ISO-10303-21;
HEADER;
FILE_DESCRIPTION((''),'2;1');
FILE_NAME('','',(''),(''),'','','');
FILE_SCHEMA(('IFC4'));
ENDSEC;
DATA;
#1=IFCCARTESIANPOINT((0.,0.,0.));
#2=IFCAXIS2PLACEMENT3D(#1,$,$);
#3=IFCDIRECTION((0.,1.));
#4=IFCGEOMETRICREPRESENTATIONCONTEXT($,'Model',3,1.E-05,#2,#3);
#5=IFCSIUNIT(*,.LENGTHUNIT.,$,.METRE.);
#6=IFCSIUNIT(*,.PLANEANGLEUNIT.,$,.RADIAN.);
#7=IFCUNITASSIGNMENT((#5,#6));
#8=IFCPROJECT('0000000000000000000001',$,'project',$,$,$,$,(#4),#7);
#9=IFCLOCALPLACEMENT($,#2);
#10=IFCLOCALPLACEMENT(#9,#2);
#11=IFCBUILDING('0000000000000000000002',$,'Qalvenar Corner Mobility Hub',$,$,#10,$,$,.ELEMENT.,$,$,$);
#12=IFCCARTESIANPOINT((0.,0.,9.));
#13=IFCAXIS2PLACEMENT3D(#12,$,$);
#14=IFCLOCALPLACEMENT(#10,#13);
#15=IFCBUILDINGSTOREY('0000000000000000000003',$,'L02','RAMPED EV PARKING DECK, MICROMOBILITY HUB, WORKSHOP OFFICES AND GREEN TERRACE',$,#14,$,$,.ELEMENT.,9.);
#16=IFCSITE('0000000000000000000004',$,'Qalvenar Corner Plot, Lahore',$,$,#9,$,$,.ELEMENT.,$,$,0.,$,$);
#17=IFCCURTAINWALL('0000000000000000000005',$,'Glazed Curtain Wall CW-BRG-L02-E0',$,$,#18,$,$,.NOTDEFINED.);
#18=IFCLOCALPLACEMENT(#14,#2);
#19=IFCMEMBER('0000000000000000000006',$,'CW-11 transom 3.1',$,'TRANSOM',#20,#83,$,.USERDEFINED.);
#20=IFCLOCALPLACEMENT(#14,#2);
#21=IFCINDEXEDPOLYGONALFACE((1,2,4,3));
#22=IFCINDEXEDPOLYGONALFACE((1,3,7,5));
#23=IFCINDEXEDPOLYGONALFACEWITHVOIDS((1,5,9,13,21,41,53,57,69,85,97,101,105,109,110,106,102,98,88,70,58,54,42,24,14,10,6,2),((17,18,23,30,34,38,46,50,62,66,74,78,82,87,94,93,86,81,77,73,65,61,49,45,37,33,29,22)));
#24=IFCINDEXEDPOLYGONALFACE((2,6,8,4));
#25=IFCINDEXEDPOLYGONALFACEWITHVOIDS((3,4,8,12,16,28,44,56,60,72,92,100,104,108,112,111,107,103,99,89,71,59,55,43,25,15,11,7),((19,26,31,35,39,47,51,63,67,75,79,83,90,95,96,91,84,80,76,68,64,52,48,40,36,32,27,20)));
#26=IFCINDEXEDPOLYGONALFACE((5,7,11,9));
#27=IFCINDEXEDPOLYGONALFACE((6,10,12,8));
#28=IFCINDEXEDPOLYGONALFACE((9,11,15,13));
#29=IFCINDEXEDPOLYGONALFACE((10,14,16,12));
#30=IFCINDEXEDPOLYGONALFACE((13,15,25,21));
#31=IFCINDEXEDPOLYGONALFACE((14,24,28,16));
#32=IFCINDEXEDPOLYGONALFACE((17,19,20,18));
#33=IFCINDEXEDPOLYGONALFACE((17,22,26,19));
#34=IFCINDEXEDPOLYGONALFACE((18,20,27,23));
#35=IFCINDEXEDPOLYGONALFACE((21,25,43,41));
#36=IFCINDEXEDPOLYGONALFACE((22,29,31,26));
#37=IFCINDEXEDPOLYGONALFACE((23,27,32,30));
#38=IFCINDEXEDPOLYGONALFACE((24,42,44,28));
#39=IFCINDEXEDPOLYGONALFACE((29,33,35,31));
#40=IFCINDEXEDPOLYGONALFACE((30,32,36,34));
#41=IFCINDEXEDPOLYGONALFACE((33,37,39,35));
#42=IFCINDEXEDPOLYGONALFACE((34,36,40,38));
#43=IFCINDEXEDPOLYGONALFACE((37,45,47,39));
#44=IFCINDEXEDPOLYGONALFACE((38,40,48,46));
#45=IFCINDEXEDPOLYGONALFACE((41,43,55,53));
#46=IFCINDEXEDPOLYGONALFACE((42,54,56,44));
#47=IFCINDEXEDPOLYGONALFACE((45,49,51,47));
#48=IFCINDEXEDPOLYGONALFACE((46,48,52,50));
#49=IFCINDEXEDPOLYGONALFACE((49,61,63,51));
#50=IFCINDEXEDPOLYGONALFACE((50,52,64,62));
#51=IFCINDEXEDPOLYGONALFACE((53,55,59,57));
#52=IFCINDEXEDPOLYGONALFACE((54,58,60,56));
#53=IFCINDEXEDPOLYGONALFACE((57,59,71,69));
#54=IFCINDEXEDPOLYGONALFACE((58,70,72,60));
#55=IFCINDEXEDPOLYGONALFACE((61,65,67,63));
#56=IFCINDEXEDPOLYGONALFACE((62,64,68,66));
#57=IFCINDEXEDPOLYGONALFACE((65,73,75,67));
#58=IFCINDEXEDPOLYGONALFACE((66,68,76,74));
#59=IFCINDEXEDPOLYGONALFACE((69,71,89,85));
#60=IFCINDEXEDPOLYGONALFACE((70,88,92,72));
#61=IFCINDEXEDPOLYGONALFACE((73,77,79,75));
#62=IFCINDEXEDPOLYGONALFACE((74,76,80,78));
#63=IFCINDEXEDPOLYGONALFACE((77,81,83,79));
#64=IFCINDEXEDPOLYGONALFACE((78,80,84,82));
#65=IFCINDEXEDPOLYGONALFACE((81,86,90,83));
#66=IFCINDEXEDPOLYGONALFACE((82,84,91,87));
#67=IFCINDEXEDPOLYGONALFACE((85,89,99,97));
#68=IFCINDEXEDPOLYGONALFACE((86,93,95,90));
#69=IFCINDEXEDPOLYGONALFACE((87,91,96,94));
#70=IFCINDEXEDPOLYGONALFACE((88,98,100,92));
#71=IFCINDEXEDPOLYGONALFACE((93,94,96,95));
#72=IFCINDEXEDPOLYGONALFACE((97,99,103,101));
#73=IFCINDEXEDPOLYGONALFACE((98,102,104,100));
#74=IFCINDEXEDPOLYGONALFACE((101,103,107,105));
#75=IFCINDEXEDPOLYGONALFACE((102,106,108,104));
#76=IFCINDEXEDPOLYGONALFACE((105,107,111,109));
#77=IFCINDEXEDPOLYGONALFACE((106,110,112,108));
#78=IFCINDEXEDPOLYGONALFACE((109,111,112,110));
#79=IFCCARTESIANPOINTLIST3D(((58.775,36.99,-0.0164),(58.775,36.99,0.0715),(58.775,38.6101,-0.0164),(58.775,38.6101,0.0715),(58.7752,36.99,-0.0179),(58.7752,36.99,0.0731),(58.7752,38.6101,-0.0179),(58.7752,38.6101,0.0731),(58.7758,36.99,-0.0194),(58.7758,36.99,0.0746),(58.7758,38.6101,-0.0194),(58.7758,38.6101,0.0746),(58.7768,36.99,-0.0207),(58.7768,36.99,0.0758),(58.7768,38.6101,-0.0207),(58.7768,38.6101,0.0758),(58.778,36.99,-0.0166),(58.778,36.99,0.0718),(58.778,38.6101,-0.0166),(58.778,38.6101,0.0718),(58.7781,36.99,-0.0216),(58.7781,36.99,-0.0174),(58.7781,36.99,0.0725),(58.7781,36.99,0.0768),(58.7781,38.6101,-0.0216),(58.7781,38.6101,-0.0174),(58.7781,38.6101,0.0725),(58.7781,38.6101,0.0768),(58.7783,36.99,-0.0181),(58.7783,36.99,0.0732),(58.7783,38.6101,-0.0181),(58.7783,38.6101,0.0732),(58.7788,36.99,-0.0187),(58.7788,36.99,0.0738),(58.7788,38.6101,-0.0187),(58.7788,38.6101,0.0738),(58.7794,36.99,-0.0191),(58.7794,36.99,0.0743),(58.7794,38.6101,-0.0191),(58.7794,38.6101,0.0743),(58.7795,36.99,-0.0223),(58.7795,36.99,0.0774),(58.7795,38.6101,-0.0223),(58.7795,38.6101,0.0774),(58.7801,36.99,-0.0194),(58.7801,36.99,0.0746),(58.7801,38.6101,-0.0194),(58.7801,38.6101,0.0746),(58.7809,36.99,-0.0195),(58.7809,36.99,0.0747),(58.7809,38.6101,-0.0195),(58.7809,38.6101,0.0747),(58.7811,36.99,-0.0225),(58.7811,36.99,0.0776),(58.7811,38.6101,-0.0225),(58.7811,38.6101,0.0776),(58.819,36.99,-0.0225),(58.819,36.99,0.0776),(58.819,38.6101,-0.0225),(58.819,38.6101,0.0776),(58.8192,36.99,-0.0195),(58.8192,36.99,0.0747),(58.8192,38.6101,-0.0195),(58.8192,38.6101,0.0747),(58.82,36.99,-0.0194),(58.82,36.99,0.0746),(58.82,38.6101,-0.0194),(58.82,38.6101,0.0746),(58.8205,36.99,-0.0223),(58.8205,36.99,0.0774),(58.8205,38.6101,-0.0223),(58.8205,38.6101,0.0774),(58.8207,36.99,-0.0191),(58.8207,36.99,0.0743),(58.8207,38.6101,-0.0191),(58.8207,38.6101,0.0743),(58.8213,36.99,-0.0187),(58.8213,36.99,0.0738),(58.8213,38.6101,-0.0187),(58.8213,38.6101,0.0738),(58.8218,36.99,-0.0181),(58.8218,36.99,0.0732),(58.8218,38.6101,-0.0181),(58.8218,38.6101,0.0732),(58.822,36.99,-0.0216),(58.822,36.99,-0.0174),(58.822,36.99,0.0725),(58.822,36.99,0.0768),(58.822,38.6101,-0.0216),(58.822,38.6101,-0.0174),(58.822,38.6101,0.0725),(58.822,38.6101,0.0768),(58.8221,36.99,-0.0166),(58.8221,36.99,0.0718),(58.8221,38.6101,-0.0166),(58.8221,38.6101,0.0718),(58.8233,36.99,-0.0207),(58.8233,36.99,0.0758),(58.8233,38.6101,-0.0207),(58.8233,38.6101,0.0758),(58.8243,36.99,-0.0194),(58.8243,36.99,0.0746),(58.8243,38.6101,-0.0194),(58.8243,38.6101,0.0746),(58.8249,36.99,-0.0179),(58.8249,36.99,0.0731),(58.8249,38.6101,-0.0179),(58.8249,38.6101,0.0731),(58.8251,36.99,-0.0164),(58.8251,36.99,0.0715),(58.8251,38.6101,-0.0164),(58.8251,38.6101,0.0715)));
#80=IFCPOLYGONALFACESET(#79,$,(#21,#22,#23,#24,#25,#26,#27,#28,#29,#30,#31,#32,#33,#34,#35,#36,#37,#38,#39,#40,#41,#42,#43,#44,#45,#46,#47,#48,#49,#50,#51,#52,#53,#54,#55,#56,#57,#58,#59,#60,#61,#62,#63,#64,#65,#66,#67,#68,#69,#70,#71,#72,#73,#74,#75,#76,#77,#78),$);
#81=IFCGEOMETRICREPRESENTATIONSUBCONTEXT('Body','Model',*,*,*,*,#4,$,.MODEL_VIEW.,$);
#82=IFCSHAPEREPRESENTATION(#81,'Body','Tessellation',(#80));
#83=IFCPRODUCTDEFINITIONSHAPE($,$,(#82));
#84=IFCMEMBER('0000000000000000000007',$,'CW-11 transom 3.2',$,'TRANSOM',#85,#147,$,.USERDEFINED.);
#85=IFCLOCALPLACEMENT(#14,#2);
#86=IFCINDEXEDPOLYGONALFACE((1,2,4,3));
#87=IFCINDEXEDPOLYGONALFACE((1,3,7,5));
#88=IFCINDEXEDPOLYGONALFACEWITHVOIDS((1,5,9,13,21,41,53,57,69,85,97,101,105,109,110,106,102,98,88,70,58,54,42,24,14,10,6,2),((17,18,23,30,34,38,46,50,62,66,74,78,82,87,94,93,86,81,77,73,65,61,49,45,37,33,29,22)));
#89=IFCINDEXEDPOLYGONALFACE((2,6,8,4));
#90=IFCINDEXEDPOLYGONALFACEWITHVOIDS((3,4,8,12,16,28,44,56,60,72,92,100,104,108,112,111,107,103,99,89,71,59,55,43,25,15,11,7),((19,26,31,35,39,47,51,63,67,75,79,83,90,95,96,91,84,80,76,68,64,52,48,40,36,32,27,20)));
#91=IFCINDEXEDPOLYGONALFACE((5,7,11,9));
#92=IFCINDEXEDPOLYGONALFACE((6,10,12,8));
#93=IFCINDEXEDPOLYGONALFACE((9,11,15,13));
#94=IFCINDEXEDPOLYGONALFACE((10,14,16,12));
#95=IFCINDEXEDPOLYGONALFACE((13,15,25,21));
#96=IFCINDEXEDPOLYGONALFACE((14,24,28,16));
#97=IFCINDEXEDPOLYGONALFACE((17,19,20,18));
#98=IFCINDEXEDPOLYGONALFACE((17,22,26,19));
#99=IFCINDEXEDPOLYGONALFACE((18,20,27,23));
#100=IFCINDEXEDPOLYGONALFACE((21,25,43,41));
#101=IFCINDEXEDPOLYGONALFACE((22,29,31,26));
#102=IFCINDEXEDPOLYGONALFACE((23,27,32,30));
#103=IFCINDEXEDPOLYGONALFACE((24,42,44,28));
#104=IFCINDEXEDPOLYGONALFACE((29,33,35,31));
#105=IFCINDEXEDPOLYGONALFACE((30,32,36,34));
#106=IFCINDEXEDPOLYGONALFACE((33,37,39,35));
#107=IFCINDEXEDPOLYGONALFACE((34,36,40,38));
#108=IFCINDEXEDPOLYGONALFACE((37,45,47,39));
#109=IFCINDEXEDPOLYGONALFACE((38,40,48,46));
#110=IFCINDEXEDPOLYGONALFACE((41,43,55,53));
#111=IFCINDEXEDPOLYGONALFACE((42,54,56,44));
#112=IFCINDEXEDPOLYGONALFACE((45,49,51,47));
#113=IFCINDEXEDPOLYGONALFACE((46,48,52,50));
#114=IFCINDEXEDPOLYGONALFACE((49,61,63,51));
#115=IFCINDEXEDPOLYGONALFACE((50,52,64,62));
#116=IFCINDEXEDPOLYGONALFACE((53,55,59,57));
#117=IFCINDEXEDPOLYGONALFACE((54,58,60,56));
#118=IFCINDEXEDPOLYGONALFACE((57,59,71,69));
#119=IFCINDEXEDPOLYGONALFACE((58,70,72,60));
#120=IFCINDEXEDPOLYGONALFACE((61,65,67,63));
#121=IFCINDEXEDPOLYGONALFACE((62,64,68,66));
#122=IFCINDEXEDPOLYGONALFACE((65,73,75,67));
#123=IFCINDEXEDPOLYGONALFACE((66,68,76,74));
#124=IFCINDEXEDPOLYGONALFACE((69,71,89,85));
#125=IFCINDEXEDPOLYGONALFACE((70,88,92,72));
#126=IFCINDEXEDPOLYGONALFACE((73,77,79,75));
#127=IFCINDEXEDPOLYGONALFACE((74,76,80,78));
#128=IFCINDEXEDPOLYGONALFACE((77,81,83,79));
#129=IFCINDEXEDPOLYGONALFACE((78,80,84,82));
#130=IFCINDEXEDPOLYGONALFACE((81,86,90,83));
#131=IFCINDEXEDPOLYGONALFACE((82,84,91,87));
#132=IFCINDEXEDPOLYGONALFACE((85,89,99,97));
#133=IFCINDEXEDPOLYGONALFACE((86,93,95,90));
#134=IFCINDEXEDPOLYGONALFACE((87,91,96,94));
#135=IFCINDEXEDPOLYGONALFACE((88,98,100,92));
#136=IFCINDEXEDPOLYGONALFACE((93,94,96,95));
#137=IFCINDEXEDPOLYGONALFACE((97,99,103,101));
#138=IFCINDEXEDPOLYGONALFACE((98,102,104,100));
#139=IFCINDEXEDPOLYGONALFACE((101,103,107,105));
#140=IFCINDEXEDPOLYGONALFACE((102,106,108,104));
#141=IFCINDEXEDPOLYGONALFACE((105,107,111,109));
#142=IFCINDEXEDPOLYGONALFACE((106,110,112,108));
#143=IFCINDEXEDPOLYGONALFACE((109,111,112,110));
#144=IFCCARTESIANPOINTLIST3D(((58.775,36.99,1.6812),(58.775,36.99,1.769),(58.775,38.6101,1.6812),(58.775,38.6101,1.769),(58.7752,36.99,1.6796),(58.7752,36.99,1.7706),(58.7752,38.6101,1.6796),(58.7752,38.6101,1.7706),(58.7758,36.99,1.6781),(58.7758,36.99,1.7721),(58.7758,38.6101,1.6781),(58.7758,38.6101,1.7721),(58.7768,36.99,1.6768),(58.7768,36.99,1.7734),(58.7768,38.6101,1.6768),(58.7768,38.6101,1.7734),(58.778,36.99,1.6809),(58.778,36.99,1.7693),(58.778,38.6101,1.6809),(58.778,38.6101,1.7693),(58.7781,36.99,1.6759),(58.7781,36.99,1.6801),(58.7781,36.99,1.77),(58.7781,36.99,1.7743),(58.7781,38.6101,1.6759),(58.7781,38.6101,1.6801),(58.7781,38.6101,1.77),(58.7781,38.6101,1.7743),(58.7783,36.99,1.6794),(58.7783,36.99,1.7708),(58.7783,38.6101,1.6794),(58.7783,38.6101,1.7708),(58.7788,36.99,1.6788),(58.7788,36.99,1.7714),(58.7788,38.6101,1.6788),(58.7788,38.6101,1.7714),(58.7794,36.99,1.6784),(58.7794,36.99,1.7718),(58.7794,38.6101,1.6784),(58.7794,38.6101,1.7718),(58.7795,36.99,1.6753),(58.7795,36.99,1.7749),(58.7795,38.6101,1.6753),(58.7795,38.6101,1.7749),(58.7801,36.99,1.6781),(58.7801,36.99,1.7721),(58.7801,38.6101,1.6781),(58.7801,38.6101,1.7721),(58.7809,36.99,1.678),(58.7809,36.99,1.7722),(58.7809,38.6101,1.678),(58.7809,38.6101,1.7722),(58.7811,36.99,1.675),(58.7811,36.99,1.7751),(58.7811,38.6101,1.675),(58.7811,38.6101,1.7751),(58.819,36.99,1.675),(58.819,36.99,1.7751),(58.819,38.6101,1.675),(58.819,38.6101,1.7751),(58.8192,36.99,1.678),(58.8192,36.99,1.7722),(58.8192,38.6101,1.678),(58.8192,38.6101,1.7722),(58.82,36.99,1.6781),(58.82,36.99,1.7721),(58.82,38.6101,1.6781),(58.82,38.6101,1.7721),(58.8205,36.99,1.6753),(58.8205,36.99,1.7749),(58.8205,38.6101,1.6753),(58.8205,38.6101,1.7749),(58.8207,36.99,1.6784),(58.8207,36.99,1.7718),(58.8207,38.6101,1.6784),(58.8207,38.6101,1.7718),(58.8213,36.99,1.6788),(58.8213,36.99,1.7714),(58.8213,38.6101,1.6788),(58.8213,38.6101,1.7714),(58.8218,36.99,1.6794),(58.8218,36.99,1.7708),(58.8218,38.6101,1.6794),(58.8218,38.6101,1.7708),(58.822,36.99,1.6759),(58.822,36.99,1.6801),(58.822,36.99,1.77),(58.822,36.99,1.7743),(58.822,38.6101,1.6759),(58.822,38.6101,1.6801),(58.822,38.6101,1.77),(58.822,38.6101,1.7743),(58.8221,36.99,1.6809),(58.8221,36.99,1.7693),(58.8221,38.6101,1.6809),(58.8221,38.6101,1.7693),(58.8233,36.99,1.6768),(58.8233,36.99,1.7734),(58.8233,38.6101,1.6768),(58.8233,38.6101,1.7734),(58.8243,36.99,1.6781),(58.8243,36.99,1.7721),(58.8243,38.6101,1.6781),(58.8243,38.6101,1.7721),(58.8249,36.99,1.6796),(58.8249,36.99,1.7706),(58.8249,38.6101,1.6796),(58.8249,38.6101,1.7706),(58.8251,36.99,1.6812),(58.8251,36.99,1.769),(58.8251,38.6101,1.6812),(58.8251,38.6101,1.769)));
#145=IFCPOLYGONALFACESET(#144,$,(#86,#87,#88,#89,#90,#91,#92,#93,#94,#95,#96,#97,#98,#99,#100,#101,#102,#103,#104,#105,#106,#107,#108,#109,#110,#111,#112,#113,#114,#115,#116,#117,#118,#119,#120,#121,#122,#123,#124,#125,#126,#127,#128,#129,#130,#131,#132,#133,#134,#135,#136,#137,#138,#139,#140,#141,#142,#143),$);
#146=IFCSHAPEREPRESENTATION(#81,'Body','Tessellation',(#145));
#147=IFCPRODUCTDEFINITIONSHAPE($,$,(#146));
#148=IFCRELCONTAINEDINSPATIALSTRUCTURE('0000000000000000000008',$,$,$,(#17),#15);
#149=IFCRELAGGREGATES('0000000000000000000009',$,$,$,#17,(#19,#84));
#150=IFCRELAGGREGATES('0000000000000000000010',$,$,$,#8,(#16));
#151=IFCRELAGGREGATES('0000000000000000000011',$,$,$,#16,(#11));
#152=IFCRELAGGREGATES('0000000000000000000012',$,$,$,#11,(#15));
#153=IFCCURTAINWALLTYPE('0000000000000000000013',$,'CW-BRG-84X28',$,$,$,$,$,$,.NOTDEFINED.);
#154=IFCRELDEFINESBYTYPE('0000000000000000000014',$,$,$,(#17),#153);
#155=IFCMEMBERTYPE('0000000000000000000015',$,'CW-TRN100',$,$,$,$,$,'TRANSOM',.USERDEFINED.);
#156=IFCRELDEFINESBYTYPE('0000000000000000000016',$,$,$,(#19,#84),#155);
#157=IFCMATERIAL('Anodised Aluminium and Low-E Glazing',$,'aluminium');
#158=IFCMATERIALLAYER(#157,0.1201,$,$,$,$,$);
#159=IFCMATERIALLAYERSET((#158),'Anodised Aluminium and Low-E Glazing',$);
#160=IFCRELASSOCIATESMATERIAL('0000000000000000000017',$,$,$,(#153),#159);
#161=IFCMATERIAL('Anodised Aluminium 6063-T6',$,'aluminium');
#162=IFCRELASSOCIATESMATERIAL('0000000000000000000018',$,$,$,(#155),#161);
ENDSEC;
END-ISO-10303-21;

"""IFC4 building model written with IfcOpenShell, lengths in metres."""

from ifc_helpers import new_model, si_unit, direction, frame, origin, origin_2d, place, context, subcontext, project, spatial, hollow_rectangle, extrude, material, layer, layer_set, material_profile, profile_set, type_object, element, aggregate, save


model = new_model("IFC4")

# Units and contexts
model_context = context("Model", 3, precision=1e-05, world=origin(), true_north=direction((0.0, 1.0)))
body_context = subcontext(model_context, "Body", "Model", "MODEL_VIEW")
ifc_project = project(units=[si_unit("LENGTHUNIT", "METRE"), si_unit("PLANEANGLEUNIT", "RADIAN")], contexts=[model_context])

# Site, building, storey
site_placement = place(None, origin())
site = spatial("IfcSite", under=ifc_project, at=site_placement, Name="Qalvenar Corner Plot, Lahore", CompositionType="ELEMENT", RefElevation=0.0)
building_placement = place(site_placement, origin())
building = spatial("IfcBuilding", under=site, at=building_placement, Name="Qalvenar Corner Mobility Hub", CompositionType="ELEMENT")
storey_placement = place(building_placement, frame((0.0, 0.0, 9.0)))
storey = spatial("IfcBuildingStorey", under=building, at=storey_placement, Name="L02", Description="RAMPED EV PARKING DECK, MICROMOBILITY HUB, WORKSHOP OFFICES AND GREEN TERRACE", CompositionType="ELEMENT", Elevation=9.0)

# Curtain wall, members
ifc_material_1 = material(Name="Anodised Aluminium and Low-E Glazing", Category="aluminium")
ifc_layer_1 = layer(ifc_material_1, 0.1201)
ifc_layer_set_1 = layer_set([ifc_layer_1], Name="Anodised Aluminium and Low-E Glazing")
curtain_wall_type = type_object("IfcCurtainWallType", Name="CW-BRG-84X28", PredefinedType="NOTDEFINED", material=ifc_layer_set_1)
curtain_wall_placement = place(storey_placement, origin())
curtain_wall = element("IfcCurtainWall", 1, at=curtain_wall_placement, inside=storey, type_object=curtain_wall_type, Name="Glazed Curtain Wall CW-BRG-L02-E0", PredefinedType="NOTDEFINED")
ifc_material_2 = material(Name="Anodised Aluminium 6063-T6", Category="aluminium")
ifc_material_profile_1 = material_profile(ifc_material_2, hollow_rectangle(XDim=0.05, YDim=0.1001, WallThickness=0.0029, InnerFilletRadius=0.0029, OuterFilletRadius=0.0061, at=origin_2d()), Name="RHS100x50x3")
ifc_profile_set_1 = profile_set([ifc_material_profile_1], Name="Anodised Aluminium 6063-T6")
member_type_1 = type_object("IfcMemberType", Name="CW-TRN100", ElementType="TRANSOM", PredefinedType="USERDEFINED", material=ifc_profile_set_1)
member_1_placement = place(storey_placement, frame((58.8, 36.99, 0.0276), z_axis=(0.0, 1.0, 0.0), x_axis=(-1.0, 0.0, 0.0)))
member_1 = element("IfcMember", 2, at=member_1_placement, type_object=member_type_1, Name="CW-11 transom 3.1", ObjectType="TRANSOM", PredefinedType="USERDEFINED", context=body_context, shape_type="SweptSolid", body=[
    extrude(hollow_rectangle(XDim=0.05, YDim=0.1001, WallThickness=0.0029, InnerFilletRadius=0.0029, OuterFilletRadius=0.0061, at=origin_2d()), origin(), (0.0, 0.0, 1.0), 1.6201),
])
member_2_placement = place(storey_placement, frame((58.8, 36.99, 1.7251), z_axis=(0.0, 1.0, 0.0), x_axis=(-1.0, 0.0, 0.0)))
member_2 = element("IfcMember", 3, at=member_2_placement, type_object=member_type_1, Name="CW-11 transom 3.2", ObjectType="TRANSOM", PredefinedType="USERDEFINED", context=body_context, shape_type="SweptSolid", body=[
    extrude(hollow_rectangle(XDim=0.05, YDim=0.1001, WallThickness=0.0029, InnerFilletRadius=0.0029, OuterFilletRadius=0.0061, at=origin_2d()), origin(), (0.0, 0.0, 1.0), 1.6201),
])
aggregate(curtain_wall, [member_1, member_2])

save(model, "model.ifc")
